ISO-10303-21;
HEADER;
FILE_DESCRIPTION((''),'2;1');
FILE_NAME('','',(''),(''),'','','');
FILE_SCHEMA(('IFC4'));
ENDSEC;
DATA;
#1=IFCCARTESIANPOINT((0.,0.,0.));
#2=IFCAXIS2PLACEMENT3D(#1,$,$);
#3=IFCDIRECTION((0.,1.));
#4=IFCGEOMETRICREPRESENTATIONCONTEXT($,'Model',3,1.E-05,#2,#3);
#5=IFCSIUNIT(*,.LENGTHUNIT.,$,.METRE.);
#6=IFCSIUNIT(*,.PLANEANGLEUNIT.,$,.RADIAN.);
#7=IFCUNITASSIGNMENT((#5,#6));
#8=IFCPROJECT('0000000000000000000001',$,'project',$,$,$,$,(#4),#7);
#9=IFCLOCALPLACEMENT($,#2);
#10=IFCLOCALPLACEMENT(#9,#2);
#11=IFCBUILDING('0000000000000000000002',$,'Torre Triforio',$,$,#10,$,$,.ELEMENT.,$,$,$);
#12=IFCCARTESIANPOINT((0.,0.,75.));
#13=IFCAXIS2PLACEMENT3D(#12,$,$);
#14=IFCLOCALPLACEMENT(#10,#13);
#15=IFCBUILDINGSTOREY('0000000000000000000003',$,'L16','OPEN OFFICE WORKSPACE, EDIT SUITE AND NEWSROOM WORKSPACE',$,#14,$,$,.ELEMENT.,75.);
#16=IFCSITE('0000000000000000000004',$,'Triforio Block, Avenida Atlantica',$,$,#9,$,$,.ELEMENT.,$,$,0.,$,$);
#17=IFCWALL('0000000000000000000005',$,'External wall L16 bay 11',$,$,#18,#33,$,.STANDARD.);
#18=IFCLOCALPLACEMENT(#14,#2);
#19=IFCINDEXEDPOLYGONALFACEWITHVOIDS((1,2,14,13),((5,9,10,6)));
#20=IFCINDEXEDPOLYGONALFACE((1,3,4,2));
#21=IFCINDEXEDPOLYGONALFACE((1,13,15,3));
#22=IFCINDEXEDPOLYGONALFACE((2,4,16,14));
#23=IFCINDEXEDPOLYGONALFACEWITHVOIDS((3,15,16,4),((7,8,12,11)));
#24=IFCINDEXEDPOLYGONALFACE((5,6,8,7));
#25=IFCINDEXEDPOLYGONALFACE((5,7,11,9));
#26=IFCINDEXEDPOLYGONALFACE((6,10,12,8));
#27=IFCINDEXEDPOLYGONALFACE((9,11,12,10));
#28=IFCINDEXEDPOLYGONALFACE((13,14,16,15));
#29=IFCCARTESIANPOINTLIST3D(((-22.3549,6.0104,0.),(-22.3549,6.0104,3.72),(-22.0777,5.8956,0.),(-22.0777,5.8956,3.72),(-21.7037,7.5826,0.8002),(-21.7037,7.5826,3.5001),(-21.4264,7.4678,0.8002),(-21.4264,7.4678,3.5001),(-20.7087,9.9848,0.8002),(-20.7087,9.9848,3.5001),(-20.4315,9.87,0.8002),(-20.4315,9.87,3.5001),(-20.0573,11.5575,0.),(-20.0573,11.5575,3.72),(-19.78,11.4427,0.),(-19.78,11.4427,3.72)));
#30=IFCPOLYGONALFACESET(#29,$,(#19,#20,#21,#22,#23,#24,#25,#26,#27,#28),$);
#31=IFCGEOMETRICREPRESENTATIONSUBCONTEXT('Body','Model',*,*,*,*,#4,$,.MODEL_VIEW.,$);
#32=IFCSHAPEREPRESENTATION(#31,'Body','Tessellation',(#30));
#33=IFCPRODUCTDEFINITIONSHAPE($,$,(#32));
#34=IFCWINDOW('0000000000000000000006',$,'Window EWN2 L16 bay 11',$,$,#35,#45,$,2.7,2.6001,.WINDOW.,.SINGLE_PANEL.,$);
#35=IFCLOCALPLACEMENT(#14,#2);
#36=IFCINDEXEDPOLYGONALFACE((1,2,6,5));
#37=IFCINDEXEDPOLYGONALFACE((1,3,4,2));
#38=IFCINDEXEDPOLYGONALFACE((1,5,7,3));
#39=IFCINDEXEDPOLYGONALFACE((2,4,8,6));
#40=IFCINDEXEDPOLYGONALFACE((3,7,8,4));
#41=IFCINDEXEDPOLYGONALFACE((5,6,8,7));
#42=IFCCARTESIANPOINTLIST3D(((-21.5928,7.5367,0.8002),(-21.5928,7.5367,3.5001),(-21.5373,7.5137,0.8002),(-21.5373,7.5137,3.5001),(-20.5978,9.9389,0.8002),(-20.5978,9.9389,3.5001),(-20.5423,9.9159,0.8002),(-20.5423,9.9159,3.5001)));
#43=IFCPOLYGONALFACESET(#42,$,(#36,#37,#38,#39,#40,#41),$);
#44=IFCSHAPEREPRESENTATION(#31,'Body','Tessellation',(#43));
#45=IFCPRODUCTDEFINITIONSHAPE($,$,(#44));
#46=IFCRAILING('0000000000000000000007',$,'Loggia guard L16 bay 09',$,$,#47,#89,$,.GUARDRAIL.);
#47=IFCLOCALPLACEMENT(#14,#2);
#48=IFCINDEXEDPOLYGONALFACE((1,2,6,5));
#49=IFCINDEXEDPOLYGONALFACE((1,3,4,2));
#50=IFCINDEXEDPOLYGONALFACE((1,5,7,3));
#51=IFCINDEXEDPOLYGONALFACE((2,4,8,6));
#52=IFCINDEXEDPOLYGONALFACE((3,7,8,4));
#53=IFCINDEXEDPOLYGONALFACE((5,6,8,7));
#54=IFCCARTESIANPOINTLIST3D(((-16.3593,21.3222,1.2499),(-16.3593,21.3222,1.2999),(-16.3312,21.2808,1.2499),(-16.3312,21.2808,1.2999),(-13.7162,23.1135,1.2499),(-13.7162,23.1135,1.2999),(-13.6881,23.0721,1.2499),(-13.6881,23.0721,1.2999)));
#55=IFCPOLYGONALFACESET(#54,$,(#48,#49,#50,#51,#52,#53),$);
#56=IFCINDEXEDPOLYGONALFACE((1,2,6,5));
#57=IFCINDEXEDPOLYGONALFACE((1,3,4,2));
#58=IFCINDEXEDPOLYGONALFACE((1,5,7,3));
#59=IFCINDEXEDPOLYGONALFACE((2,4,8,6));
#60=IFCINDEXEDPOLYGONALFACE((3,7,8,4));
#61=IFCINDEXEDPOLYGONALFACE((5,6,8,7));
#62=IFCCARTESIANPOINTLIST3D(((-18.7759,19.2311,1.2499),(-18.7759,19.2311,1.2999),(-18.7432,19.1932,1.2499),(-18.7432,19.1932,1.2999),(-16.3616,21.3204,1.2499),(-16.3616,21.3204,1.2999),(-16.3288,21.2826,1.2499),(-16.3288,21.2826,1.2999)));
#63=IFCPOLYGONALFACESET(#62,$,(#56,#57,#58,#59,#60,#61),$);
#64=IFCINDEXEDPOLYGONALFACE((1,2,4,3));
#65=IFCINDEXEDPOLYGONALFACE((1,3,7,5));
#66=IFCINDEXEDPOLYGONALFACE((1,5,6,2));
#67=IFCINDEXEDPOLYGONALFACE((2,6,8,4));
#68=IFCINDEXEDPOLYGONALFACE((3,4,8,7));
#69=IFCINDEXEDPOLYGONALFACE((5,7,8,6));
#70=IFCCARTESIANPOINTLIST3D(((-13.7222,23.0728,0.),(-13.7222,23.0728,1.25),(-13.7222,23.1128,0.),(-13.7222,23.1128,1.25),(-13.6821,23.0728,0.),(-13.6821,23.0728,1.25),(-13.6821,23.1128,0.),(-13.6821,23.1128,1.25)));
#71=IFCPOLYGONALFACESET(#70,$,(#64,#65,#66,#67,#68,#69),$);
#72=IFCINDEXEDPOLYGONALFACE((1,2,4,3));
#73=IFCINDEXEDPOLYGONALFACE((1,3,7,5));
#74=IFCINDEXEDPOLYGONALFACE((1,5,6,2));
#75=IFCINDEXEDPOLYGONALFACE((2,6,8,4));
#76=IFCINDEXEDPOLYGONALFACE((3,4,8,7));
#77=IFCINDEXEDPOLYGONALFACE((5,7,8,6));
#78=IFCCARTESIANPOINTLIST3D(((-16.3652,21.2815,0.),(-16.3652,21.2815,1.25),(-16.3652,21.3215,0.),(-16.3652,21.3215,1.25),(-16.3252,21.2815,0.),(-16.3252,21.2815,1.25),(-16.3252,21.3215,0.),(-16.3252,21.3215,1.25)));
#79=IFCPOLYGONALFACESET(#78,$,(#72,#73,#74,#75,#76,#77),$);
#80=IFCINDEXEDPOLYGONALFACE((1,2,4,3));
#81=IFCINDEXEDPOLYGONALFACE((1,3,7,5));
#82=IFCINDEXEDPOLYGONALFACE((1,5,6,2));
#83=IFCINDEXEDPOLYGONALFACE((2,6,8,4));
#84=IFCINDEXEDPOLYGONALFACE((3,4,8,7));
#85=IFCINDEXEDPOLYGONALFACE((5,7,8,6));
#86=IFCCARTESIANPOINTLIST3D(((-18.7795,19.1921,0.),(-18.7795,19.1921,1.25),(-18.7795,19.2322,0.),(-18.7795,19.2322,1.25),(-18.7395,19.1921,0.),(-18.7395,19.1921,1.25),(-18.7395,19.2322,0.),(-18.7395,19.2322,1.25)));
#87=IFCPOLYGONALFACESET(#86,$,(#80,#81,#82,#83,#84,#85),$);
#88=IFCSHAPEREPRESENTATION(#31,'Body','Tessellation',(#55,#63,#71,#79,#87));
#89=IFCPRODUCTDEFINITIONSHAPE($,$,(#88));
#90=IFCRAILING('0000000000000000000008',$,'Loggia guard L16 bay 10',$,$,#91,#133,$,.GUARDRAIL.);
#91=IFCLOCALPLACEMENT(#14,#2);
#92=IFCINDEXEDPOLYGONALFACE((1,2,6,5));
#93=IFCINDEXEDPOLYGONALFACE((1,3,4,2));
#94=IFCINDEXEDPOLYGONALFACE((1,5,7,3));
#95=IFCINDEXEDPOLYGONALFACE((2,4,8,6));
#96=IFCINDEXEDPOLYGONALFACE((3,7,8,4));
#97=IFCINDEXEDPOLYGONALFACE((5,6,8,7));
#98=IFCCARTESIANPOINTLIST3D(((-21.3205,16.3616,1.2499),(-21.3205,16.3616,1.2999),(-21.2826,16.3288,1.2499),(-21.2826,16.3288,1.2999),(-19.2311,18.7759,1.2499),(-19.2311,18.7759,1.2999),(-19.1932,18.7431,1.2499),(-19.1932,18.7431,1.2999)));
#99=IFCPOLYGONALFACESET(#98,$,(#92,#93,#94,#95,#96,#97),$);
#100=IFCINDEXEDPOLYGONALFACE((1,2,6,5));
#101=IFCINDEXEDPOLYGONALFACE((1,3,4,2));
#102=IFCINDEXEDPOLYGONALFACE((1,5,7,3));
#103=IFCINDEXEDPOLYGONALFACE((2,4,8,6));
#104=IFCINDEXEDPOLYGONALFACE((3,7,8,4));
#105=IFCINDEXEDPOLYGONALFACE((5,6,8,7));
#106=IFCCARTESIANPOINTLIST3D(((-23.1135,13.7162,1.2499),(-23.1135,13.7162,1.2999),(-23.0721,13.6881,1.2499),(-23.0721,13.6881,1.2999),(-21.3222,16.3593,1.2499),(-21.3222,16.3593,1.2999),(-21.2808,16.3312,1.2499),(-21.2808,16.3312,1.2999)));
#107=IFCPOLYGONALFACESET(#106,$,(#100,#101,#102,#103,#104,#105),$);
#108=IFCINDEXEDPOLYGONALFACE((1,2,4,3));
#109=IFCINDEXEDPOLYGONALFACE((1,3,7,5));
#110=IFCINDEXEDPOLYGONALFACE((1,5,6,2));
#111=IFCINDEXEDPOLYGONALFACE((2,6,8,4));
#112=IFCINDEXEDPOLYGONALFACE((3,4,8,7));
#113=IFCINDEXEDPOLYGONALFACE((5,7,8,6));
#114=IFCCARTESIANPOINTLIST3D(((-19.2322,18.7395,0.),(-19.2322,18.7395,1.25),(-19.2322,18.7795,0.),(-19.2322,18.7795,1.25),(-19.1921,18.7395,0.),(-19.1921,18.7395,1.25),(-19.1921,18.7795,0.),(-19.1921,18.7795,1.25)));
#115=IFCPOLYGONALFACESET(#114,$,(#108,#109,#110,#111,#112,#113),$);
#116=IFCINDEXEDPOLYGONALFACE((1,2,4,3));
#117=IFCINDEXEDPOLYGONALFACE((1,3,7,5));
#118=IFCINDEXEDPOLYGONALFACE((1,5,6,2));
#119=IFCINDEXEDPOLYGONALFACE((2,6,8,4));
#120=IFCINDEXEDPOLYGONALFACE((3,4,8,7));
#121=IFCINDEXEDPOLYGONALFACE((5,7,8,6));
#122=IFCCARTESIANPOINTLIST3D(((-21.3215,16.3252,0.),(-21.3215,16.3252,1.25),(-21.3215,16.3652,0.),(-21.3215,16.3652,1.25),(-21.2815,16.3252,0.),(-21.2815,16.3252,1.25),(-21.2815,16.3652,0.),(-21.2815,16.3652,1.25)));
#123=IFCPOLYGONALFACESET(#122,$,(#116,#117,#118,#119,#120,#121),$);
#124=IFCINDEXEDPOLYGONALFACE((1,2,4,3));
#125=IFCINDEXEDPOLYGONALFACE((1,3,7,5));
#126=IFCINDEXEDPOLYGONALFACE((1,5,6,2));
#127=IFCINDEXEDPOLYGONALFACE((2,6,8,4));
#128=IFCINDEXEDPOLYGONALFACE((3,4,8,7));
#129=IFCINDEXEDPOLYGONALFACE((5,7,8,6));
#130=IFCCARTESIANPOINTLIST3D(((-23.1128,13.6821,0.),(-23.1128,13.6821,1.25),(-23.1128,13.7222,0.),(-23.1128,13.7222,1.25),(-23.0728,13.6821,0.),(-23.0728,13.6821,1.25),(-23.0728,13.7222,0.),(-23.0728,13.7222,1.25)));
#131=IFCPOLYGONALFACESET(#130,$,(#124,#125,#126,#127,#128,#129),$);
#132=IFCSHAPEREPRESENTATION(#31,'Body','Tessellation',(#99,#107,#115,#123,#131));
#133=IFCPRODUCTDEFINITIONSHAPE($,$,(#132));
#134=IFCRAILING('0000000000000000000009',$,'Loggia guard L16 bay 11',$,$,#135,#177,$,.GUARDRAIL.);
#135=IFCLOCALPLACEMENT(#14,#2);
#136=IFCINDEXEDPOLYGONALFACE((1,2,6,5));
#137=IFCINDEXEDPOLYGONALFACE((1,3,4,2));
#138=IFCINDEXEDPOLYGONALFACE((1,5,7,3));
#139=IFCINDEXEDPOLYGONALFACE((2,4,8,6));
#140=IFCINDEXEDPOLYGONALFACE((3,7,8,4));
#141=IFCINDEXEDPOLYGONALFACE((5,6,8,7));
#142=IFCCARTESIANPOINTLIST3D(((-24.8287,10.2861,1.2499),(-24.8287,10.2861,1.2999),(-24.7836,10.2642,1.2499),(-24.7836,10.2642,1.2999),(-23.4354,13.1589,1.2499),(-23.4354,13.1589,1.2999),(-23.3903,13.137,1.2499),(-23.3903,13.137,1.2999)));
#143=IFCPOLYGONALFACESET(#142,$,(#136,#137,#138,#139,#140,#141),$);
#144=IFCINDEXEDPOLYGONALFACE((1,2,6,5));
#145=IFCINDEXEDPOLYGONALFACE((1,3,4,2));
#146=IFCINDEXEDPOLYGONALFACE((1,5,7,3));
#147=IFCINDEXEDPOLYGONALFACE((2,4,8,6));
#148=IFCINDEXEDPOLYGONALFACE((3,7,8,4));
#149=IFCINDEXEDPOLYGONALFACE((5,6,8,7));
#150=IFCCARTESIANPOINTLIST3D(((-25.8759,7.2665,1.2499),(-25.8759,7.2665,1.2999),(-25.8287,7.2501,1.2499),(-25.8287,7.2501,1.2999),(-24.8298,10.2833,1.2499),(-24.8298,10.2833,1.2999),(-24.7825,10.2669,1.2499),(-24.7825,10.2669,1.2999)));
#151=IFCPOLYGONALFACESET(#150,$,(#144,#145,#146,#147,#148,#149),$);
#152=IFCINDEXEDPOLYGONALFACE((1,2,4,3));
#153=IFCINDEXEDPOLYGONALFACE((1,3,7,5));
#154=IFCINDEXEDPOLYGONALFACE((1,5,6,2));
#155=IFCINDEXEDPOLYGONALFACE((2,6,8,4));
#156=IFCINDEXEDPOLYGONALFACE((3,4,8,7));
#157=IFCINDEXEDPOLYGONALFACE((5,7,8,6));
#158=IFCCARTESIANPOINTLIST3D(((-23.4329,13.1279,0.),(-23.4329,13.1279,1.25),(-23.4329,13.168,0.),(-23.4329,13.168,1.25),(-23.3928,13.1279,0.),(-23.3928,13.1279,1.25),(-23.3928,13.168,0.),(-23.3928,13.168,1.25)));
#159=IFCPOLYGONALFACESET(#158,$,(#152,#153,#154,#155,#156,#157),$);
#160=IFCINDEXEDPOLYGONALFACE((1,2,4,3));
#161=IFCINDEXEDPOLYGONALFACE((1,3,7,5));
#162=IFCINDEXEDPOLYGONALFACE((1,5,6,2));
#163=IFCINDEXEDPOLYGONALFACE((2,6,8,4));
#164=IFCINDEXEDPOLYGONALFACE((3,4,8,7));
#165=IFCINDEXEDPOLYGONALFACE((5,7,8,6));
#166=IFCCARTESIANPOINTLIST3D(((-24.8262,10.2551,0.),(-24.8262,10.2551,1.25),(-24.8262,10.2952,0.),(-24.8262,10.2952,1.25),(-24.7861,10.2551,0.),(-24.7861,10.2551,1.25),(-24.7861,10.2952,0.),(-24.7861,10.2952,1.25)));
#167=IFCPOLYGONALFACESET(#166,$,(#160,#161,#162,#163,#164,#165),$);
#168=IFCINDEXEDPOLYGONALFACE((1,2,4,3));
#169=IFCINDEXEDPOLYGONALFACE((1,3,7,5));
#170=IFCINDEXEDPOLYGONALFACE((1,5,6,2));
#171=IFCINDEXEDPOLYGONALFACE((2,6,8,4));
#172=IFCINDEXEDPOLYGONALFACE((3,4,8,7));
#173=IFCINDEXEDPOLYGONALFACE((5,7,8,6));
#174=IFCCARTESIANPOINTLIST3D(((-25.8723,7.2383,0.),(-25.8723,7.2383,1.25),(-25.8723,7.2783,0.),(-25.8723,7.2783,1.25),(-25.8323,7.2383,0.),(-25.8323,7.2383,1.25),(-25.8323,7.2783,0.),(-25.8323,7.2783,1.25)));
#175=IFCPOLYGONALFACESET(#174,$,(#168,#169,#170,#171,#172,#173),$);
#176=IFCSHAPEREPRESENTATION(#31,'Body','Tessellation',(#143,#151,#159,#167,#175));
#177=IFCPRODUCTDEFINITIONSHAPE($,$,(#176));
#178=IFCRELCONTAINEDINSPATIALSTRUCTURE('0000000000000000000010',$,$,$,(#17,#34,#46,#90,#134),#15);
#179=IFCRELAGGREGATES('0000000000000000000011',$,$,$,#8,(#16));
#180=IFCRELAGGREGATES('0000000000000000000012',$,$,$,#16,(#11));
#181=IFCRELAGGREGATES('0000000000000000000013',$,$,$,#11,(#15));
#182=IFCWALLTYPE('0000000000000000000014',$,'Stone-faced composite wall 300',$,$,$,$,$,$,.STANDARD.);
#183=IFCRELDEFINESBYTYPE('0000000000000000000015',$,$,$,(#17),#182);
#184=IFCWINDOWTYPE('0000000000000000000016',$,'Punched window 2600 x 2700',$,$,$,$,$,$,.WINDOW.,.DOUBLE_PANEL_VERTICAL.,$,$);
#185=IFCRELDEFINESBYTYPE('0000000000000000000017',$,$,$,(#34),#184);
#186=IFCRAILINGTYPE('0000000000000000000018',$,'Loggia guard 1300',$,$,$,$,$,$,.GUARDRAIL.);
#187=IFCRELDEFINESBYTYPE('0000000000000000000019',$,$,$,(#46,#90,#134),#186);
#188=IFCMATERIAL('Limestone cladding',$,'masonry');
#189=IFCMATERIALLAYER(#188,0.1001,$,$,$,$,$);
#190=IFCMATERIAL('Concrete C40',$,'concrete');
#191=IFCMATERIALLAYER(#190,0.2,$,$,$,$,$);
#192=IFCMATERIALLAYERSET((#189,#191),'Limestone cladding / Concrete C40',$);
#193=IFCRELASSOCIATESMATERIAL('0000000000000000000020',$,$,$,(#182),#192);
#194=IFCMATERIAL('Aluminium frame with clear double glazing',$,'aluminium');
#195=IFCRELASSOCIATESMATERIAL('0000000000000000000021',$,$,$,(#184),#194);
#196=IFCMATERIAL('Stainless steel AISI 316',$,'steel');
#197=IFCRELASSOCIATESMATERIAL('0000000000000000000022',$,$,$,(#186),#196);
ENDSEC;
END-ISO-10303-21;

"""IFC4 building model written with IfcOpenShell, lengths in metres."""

from ifc_helpers import new_model, si_unit, direction, frame, frame_2d, origin, origin_2d, place, context, subcontext, project, spatial, rectangle, extrude, material, layer, layer_set, type_object, element, fill, save


model = new_model("IFC4")

# Units and contexts
model_context = context("Model", 3, precision=1e-05, world=origin(), true_north=direction((0.0, 1.0)))
body_context = subcontext(model_context, "Body", "Model", "MODEL_VIEW")
ifc_project = project(units=[si_unit("LENGTHUNIT", "METRE"), si_unit("PLANEANGLEUNIT", "RADIAN")], contexts=[model_context])

# Site, building, storey
site_placement = place(None, origin())
site = spatial("IfcSite", under=ifc_project, at=site_placement, Name="Triforio Block, Avenida Atlantica", CompositionType="ELEMENT", RefElevation=0.0)
building_placement = place(site_placement, origin())
building = spatial("IfcBuilding", under=site, at=building_placement, Name="Torre Triforio", CompositionType="ELEMENT")
storey_placement = place(building_placement, frame((0.0, 0.0, 75.0)))
storey = spatial("IfcBuildingStorey", under=building, at=storey_placement, Name="L16", Description="OPEN OFFICE WORKSPACE, EDIT SUITE AND NEWSROOM WORKSPACE", CompositionType="ELEMENT", Elevation=75.0)

# Shared definitions
ifc_material_1 = material(Name="Limestone cladding", Category="masonry")
ifc_material_2 = material(Name="Concrete C40", Category="concrete")

# Shared definitions
ifc_layer_1 = layer(ifc_material_1, 0.1001)
ifc_layer_2 = layer(ifc_material_2, 0.2)
ifc_layer_set_1 = layer_set([ifc_layer_1, ifc_layer_2], Name="Limestone cladding / Concrete C40")
wall_type_1 = type_object("IfcWallType", Name="Stone-faced composite wall 300", PredefinedType="STANDARD", material=ifc_layer_set_1)
ifc_material_3 = material(Name="Aluminium frame with clear double glazing", Category="aluminium")
window_type_1 = type_object("IfcWindowType", Name="Punched window 2600 x 2700", PartitioningType="DOUBLE_PANEL_VERTICAL", PredefinedType="WINDOW", material=ifc_material_3)

# Wall, opening, window
wall_1_placement = place(storey_placement, frame((-19.9187, 11.5, 0.0), z_axis=(0.0, 0.0, 1.0), x_axis=(-0.382671, -0.923885, 0.0)))
wall_1 = element("IfcWall", 1, at=wall_1_placement, inside=storey, type_object=wall_type_1, Name="External wall L16 bay 11", PredefinedType="STANDARD", context=body_context, shape_type="SweptSolid", body=[
    extrude(rectangle(XDim=6.0042, YDim=0.3, at=frame_2d((3.002, 0.0))), origin(), (0.0, 0.0, 1.0), 3.72),
])
opening_1_placement = place(wall_1_placement, frame((1.7021, 0.0, 0.8)))
opening_1 = element("IfcOpeningElement", 2, at=opening_1_placement, cuts=wall_1, PredefinedType="OPENING", context=body_context, shape_type="SweptSolid", body=[
    extrude(rectangle(XDim=2.6001, YDim=2.7, at=frame_2d((1.3, 1.3501))), frame((0.0, 0.1599, 0.0), z_axis=(0.0, -1.0, 0.0), x_axis=(1.0, 0.0, 0.0)), (0.0, 0.0, 1.0), 0.3201),
])
window_1_placement = place(opening_1_placement, origin())
window_1 = element("IfcWindow", 3, at=window_1_placement, inside=storey, type_object=window_type_1, Name="Window EWN2 L16 bay 11", OverallHeight=2.7, OverallWidth=2.6001, PartitioningType="SINGLE_PANEL", PredefinedType="WINDOW", context=body_context, shape_type="SweptSolid", body=[
    extrude(rectangle(XDim=2.6001, YDim=2.7, at=frame_2d((1.3, 1.3501))), frame((0.0, 0.03, 0.0), z_axis=(0.0, -1.0, 0.0), x_axis=(1.0, 0.0, 0.0)), (0.0, 0.0, 1.0), 0.0601),
])
fill(opening_1, window_1)

# Railings
ifc_material_4 = material(Name="Stainless steel AISI 316", Category="steel")
railing_type = type_object("IfcRailingType", Name="Loggia guard 1300", PredefinedType="GUARDRAIL", material=ifc_material_4)
railing_1_placement = place(storey_placement, frame((-13.7021, 23.0928, 0.0)))
element("IfcRailing", 4, at=railing_1_placement, inside=storey, type_object=railing_type, Name="Loggia guard L16 bay 09", PredefinedType="GUARDRAIL", context=body_context, shape_type="SweptSolid", body=[
    extrude(rectangle(XDim=0.05, YDim=0.05, at=origin_2d()), frame((0.0, 0.0, 1.2749), z_axis=(-0.827803, -0.561019, 0.0), x_axis=(0.561019, -0.827803, 0.0)), (0.0, 0.0, 1.0), 3.1929),
    extrude(rectangle(XDim=0.05, YDim=0.05, at=origin_2d()), frame((-2.6431, -1.7913, 1.2749), z_axis=(-0.756161, -0.654386, 0.0), x_axis=(0.654386, -0.756161, 0.0)), (0.0, 0.0, 1.0), 3.1929),
    extrude(rectangle(XDim=0.04, YDim=0.04, at=origin_2d()), origin(), (0.0, 0.0, 1.0), 1.25),
    extrude(rectangle(XDim=0.04, YDim=0.04, at=origin_2d()), frame((-2.6431, -1.7913, 0.0)), (0.0, 0.0, 1.0), 1.25),
    extrude(rectangle(XDim=0.04, YDim=0.04, at=origin_2d()), frame((-5.0574, -3.8806, 0.0)), (0.0, 0.0, 1.0), 1.25),
])
railing_2_placement = place(storey_placement, frame((-19.2122, 18.7595, 0.0)))
element("IfcRailing", 5, at=railing_2_placement, inside=storey, type_object=railing_type, Name="Loggia guard L16 bay 10", PredefinedType="GUARDRAIL", context=body_context, shape_type="SweptSolid", body=[
    extrude(rectangle(XDim=0.05, YDim=0.05, at=origin_2d()), frame((0.0, 0.0, 1.2749), z_axis=(-0.654386, -0.756161, 0.0), x_axis=(0.756161, -0.654386, 0.0)), (0.0, 0.0, 1.0), 3.1929),
    extrude(rectangle(XDim=0.05, YDim=0.05, at=origin_2d()), frame((-2.0894, -2.4143, 1.2749), z_axis=(-0.561019, -0.827803, 0.0), x_axis=(0.827803, -0.561019, 0.0)), (0.0, 0.0, 1.0), 3.1929),
    extrude(rectangle(XDim=0.04, YDim=0.04, at=origin_2d()), origin(), (0.0, 0.0, 1.0), 1.25),
    extrude(rectangle(XDim=0.04, YDim=0.04, at=origin_2d()), frame((-2.0894, -2.4143, 0.0)), (0.0, 0.0, 1.0), 1.25),
    extrude(rectangle(XDim=0.04, YDim=0.04, at=origin_2d()), frame((-3.8806, -5.0574, 0.0)), (0.0, 0.0, 1.0), 1.25),
])
railing_3_placement = place(storey_placement, frame((-23.4128, 13.1479, 0.0)))
element("IfcRailing", 6, at=railing_3_placement, inside=storey, type_object=railing_type, Name="Loggia guard L16 bay 11", PredefinedType="GUARDRAIL", context=body_context, shape_type="SweptSolid", body=[
    extrude(rectangle(XDim=0.05, YDim=0.05, at=origin_2d()), frame((0.0, 0.0, 1.2749), z_axis=(-0.436384, -0.89976, 0.0), x_axis=(0.89976, -0.436384, 0.0)), (0.0, 0.0, 1.0), 3.1929),
    extrude(rectangle(XDim=0.05, YDim=0.05, at=origin_2d()), frame((-1.3933, -2.8728, 1.2749), z_axis=(-0.327628, -0.944807, 0.0), x_axis=(0.944807, -0.327628, 0.0)), (0.0, 0.0, 1.0), 3.1931),
    extrude(rectangle(XDim=0.04, YDim=0.04, at=origin_2d()), origin(), (0.0, 0.0, 1.0), 1.25),
    extrude(rectangle(XDim=0.04, YDim=0.04, at=origin_2d()), frame((-1.3933, -2.8728, 0.0)), (0.0, 0.0, 1.0), 1.25),
    extrude(rectangle(XDim=0.04, YDim=0.04, at=origin_2d()), frame((-2.4395, -5.8896, 0.0)), (0.0, 0.0, 1.0), 1.25),
])

save(model, "model.ifc")
